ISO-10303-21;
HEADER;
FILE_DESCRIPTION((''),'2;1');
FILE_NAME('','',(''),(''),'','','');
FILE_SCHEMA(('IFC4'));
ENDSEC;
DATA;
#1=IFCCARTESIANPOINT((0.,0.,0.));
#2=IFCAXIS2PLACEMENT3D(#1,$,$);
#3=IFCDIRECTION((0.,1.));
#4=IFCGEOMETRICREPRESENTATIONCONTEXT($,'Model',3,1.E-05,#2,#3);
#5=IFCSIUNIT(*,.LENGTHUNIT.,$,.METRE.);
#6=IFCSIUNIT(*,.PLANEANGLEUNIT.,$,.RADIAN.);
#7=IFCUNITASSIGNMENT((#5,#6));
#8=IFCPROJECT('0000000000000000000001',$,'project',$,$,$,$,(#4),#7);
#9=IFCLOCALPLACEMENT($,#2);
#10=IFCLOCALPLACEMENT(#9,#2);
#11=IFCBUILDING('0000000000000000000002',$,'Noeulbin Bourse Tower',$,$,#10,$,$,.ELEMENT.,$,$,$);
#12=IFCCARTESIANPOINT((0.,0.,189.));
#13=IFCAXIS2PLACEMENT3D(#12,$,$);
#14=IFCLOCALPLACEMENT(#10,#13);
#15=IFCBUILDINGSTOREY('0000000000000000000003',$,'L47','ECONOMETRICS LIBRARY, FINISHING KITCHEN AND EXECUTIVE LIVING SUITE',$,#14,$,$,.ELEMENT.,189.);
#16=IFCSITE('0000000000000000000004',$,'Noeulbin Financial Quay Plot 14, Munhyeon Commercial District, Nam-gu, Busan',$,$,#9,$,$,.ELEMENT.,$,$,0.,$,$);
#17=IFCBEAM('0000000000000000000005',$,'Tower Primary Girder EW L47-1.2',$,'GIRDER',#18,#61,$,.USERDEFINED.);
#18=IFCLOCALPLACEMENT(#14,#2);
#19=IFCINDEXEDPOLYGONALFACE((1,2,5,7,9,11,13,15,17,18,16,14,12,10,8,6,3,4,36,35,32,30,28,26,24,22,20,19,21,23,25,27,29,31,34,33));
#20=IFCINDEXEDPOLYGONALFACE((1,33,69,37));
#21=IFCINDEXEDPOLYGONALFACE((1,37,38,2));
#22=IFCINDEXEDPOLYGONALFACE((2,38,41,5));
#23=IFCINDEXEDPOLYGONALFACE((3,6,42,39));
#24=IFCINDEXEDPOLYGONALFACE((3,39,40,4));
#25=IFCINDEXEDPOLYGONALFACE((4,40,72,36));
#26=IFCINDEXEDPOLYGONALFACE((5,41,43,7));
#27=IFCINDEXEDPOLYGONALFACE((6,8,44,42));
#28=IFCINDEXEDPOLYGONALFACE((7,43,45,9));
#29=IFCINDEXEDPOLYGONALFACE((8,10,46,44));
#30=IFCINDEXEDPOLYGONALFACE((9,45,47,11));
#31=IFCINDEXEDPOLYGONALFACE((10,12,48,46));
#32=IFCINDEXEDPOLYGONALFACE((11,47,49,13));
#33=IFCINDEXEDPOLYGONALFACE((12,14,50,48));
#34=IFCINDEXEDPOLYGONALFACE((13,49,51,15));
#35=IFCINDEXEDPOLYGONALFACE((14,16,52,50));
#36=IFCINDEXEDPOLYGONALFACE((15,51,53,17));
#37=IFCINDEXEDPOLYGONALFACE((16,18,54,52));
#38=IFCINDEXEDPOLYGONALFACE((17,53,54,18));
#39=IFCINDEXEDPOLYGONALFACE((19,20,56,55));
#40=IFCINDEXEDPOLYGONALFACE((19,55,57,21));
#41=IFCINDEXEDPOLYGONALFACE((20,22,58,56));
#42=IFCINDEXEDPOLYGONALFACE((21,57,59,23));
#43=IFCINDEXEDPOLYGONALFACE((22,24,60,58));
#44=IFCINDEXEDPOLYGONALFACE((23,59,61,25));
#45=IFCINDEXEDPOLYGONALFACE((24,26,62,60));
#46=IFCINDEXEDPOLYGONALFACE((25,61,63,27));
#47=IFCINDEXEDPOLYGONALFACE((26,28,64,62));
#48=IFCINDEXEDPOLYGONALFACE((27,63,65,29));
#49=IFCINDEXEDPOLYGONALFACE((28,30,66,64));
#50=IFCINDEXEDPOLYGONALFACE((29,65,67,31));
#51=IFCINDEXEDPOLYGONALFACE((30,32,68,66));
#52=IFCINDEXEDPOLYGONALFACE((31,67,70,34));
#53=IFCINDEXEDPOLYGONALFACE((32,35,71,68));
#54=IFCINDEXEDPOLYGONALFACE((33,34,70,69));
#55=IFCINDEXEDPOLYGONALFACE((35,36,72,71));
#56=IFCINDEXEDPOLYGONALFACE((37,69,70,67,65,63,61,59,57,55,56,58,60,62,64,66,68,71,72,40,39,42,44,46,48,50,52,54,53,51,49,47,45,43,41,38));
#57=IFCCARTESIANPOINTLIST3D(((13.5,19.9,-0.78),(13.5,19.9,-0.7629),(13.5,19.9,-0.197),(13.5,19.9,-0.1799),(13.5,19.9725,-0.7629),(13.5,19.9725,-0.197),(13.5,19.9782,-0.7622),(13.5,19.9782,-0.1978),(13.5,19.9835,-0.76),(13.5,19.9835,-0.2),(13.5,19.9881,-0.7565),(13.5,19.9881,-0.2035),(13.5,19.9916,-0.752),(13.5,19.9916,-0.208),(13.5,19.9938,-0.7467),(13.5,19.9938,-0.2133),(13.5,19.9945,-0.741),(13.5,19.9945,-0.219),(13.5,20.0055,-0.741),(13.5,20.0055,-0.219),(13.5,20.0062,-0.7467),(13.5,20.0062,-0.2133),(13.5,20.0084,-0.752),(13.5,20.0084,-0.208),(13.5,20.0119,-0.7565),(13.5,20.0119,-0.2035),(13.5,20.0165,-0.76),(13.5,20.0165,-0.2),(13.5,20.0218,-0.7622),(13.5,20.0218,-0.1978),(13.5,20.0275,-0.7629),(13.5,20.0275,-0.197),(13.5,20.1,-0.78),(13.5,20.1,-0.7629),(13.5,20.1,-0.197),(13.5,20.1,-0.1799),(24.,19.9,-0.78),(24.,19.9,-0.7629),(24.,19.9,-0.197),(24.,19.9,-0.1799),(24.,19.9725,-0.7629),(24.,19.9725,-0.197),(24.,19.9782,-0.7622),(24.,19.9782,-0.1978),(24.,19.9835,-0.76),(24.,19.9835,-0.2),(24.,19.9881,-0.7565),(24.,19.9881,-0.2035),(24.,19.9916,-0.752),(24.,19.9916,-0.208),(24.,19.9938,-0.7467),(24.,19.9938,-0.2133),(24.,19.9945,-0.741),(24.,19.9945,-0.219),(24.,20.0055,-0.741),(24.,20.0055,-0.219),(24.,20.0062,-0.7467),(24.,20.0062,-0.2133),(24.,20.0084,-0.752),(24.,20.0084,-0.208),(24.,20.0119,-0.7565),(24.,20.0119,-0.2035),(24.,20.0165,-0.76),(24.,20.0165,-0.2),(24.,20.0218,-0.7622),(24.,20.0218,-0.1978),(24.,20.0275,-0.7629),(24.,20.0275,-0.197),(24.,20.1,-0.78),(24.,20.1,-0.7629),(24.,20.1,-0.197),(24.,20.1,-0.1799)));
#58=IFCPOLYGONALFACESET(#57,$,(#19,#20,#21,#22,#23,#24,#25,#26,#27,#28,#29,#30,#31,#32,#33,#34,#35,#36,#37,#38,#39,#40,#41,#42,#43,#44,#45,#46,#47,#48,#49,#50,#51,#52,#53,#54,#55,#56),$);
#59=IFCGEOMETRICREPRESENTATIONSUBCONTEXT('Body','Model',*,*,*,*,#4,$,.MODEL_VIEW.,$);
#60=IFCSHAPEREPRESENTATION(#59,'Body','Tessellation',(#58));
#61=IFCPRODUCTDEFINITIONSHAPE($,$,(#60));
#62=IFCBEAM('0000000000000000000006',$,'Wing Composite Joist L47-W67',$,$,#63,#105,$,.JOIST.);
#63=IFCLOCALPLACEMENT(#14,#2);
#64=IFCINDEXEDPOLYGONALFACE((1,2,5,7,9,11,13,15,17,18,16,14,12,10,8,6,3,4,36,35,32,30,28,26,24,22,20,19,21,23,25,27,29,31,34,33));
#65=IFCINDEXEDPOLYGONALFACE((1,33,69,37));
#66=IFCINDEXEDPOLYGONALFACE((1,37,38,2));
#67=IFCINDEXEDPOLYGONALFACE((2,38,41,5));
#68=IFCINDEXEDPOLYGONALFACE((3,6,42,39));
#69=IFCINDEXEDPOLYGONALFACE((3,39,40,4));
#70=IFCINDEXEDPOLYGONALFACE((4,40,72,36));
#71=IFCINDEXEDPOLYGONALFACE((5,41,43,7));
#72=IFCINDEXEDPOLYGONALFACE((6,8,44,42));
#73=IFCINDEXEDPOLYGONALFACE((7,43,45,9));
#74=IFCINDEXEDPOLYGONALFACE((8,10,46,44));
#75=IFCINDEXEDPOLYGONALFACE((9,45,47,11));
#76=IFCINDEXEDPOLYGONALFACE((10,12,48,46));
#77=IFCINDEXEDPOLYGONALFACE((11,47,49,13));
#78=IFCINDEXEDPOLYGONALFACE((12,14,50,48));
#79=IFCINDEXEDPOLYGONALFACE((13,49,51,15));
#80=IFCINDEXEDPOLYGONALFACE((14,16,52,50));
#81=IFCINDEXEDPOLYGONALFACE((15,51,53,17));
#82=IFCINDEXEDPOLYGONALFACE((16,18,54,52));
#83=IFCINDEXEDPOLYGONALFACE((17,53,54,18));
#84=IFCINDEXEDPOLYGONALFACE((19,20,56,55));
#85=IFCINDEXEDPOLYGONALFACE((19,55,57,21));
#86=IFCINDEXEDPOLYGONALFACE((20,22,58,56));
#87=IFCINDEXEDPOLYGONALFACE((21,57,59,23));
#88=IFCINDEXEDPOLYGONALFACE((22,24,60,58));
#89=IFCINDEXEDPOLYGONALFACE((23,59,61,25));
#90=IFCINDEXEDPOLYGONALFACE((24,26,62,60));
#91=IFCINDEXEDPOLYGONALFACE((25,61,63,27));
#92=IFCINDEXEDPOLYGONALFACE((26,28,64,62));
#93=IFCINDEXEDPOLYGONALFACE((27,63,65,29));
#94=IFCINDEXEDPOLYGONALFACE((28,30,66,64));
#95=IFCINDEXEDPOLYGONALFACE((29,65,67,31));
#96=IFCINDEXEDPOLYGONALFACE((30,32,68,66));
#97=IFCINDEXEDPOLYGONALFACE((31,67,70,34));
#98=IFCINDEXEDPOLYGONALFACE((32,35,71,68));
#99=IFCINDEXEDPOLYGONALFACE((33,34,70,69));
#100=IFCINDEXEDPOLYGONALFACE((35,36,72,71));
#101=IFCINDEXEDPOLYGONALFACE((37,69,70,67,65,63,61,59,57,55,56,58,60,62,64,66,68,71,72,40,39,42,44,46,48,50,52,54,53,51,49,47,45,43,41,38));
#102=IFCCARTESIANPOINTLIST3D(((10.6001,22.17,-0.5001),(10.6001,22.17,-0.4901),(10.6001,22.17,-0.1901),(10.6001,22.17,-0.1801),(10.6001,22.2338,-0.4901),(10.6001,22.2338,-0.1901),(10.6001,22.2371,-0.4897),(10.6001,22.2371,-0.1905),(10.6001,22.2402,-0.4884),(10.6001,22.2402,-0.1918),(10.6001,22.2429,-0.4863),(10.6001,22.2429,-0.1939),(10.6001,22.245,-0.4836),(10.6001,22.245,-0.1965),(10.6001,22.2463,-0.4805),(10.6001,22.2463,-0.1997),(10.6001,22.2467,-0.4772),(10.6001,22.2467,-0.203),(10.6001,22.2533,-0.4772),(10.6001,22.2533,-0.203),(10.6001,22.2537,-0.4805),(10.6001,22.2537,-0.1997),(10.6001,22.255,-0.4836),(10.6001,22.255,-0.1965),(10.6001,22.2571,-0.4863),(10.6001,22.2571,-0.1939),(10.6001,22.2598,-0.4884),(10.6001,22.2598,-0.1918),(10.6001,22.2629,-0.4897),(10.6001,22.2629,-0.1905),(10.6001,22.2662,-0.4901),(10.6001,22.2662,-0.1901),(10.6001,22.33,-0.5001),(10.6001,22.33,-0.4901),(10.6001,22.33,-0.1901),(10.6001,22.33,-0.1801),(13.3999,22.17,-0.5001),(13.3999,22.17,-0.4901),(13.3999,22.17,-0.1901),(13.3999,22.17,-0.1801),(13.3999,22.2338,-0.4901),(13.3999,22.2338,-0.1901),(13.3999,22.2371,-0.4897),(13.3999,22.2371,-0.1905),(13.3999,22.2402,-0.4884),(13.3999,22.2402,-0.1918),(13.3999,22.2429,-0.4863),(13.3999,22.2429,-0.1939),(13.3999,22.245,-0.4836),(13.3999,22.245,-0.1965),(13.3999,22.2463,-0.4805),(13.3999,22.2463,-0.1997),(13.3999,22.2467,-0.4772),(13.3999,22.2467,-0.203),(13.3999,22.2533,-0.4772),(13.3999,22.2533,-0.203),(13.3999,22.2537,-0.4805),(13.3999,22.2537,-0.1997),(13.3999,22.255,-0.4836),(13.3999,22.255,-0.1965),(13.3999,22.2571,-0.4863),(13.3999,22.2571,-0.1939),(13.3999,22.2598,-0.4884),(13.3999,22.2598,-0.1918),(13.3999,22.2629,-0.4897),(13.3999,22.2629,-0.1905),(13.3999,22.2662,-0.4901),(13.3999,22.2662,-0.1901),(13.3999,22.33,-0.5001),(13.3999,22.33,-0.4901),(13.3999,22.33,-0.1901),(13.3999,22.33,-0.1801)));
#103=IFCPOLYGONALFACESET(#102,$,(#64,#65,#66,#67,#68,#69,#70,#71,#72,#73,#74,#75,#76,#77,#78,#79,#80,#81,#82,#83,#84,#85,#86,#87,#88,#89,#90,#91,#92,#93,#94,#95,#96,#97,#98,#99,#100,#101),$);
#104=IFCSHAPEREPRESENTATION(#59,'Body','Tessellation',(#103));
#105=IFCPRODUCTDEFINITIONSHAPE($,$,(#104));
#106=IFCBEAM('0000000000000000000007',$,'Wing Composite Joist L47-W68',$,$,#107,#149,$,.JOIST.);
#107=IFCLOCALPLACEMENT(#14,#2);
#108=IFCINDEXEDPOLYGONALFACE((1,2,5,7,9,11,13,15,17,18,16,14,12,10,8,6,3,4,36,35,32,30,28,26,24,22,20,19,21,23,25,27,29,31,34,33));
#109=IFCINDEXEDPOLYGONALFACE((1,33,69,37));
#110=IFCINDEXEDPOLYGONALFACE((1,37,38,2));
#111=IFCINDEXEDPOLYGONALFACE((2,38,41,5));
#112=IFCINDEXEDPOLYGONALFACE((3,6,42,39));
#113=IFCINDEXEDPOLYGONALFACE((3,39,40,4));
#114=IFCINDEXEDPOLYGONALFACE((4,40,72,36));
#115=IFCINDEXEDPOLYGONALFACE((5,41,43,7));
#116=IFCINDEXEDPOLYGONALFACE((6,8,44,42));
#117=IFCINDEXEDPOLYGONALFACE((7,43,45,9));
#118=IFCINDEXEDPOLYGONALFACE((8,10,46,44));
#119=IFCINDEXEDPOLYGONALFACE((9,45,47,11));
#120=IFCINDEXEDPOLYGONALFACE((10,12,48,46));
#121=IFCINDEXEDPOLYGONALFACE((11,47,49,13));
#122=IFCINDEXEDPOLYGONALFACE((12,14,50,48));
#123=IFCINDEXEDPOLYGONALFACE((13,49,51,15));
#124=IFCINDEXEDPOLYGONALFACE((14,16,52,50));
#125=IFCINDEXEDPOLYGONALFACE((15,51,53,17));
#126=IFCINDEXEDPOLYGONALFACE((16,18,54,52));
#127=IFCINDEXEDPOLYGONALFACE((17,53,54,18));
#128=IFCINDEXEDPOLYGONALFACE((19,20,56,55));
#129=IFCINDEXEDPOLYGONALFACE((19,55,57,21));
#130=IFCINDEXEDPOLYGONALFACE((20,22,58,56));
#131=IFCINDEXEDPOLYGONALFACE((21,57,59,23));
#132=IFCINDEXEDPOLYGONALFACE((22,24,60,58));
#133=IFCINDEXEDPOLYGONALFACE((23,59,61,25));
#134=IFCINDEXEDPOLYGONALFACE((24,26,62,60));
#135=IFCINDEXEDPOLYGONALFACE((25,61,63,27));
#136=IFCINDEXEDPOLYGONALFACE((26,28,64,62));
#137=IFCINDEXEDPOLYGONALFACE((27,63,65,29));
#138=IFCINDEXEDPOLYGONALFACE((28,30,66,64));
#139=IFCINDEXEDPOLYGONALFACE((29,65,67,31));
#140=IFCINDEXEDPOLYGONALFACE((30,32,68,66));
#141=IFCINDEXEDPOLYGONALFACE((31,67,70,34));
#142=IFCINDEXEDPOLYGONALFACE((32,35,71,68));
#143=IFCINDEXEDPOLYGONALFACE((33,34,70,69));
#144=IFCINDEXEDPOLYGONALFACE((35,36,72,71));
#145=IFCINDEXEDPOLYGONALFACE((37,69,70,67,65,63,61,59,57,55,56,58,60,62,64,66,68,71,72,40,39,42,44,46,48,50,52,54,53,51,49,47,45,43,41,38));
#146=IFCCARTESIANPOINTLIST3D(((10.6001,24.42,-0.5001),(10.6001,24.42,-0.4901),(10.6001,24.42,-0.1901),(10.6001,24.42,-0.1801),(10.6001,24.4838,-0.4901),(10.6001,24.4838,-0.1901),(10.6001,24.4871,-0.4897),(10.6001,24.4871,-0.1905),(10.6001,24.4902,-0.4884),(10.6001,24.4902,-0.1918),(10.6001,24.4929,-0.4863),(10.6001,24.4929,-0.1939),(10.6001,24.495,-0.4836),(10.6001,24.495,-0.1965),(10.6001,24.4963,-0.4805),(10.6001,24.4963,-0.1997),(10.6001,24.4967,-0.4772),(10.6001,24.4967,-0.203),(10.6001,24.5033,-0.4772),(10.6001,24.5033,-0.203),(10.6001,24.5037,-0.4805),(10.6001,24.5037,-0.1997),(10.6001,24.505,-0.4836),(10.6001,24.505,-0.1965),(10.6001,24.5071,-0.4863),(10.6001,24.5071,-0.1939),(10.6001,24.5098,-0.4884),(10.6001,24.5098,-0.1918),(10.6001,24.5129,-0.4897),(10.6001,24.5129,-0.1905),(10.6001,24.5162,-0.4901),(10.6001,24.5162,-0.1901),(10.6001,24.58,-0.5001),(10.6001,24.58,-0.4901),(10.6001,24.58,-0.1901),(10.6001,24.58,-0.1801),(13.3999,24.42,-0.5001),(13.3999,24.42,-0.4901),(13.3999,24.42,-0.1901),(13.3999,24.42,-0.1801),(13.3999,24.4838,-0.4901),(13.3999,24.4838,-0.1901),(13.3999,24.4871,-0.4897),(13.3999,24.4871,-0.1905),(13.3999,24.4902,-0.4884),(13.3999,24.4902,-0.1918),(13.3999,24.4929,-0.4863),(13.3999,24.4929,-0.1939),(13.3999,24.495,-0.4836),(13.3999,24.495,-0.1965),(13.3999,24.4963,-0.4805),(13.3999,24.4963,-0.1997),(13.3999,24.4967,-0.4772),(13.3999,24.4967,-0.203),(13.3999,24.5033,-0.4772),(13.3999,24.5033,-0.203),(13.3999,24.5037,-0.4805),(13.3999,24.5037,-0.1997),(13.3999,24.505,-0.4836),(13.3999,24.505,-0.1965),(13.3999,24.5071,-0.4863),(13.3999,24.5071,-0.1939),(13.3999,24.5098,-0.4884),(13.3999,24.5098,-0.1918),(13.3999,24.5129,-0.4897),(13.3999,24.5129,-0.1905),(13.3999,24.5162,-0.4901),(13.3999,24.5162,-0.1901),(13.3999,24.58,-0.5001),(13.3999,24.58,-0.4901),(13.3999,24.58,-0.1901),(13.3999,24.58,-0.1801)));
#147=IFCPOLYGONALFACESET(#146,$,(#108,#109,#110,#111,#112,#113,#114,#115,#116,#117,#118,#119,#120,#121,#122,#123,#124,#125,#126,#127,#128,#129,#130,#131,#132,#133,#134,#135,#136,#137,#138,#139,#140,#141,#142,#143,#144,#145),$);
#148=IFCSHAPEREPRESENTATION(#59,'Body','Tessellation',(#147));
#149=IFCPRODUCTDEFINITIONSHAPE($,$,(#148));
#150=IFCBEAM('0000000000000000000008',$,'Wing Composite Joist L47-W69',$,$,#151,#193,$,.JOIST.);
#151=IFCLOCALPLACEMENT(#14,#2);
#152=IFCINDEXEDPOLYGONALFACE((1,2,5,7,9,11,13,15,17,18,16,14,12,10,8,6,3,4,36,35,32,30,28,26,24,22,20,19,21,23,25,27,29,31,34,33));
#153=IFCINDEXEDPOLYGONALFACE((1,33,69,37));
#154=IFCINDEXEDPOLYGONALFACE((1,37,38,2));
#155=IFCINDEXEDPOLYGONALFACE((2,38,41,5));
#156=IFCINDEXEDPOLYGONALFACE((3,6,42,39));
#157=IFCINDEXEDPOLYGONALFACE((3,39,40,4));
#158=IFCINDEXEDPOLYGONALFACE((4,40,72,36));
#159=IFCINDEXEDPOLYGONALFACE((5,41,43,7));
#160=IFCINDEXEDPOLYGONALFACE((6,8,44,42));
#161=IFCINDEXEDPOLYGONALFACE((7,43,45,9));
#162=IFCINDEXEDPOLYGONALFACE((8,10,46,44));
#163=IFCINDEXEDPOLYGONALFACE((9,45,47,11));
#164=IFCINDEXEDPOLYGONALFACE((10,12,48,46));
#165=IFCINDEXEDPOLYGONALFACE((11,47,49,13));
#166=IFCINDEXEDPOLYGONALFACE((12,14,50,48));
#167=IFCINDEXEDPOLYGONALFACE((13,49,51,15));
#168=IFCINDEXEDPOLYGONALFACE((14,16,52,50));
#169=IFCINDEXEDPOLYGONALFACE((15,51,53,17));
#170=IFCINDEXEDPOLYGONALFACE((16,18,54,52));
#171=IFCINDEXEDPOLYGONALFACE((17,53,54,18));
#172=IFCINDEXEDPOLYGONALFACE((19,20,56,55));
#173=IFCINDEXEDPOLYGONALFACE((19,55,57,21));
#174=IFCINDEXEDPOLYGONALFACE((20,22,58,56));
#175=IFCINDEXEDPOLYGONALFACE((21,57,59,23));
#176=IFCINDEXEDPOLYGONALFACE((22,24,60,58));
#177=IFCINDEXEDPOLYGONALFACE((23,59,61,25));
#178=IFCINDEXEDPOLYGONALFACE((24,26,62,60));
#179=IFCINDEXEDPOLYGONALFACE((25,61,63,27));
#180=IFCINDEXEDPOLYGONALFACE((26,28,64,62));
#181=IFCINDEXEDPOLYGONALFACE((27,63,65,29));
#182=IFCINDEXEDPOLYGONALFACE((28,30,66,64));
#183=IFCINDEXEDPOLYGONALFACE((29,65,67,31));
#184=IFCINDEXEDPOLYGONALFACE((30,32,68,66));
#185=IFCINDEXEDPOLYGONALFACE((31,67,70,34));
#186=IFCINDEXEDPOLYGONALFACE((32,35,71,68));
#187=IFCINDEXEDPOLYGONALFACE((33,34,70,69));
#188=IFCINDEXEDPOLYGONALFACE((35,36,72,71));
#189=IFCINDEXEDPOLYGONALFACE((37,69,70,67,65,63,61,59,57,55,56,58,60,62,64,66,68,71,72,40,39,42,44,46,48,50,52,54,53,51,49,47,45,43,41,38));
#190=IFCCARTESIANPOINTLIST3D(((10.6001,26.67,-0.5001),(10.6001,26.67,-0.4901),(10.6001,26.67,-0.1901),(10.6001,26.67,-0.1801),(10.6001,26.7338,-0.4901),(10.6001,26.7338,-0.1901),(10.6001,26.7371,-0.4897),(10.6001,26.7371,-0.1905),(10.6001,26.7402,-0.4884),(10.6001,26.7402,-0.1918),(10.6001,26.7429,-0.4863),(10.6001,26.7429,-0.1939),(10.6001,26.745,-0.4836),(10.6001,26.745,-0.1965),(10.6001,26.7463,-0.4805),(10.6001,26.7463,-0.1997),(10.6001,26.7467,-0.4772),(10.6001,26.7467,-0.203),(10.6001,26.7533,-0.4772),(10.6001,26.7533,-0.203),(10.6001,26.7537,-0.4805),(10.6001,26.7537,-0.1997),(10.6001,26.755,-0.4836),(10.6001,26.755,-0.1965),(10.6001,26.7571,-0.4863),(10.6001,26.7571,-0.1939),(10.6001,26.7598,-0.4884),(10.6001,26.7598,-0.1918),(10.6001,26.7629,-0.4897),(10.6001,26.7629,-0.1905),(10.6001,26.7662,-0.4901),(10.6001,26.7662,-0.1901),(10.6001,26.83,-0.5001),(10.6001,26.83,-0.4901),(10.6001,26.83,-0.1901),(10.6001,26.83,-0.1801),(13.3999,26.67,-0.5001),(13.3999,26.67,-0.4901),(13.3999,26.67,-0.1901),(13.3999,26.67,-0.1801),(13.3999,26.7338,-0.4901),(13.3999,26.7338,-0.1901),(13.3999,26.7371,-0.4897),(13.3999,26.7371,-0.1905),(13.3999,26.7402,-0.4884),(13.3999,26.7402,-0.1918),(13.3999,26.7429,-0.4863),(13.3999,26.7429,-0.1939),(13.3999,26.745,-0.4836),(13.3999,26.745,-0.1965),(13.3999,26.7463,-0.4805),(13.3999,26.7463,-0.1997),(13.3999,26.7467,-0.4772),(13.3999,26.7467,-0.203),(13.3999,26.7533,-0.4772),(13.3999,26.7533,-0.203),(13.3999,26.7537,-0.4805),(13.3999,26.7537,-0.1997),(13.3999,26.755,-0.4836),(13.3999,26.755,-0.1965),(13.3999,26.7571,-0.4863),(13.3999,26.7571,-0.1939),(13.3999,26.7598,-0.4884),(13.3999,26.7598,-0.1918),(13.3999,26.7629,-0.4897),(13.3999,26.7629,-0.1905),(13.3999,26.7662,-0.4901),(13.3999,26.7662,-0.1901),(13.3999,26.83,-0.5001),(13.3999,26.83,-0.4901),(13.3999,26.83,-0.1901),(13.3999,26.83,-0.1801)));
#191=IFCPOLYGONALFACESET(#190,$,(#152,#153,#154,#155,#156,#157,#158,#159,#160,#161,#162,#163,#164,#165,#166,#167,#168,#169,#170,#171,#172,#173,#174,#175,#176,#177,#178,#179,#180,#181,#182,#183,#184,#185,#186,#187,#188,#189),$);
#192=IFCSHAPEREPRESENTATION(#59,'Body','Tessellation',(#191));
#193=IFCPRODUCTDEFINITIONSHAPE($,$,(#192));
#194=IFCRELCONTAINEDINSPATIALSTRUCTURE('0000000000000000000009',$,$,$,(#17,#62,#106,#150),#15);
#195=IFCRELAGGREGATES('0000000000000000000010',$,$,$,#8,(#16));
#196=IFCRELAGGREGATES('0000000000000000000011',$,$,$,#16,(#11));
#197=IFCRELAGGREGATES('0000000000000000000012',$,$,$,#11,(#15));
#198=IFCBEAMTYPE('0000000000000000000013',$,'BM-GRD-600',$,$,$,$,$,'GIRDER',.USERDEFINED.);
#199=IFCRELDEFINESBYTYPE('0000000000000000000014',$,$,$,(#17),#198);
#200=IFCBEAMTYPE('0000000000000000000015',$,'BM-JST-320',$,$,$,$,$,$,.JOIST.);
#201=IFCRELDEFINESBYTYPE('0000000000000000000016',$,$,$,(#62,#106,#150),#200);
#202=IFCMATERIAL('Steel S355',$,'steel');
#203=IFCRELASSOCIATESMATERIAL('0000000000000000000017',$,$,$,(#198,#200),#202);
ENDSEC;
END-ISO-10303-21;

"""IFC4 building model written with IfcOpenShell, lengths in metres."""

from ifc_helpers import new_model, si_unit, direction, frame, origin, origin_2d, place, context, subcontext, project, spatial, i_section, extrude, material, material_profile, profile_set, type_object, element, save


model = new_model("IFC4")

# Units and contexts
model_context = context("Model", 3, precision=1e-05, world=origin(), true_north=direction((0.0, 1.0)))
body_context = subcontext(model_context, "Body", "Model", "MODEL_VIEW")
ifc_project = project(units=[si_unit("LENGTHUNIT", "METRE"), si_unit("PLANEANGLEUNIT", "RADIAN")], contexts=[model_context])

# Site, building, storey
site_placement = place(None, origin())
site = spatial("IfcSite", under=ifc_project, at=site_placement, Name="Noeulbin Financial Quay Plot 14, Munhyeon Commercial District, Nam-gu, Busan", CompositionType="ELEMENT", RefElevation=0.0)
building_placement = place(site_placement, origin())
building = spatial("IfcBuilding", under=site, at=building_placement, Name="Noeulbin Bourse Tower", CompositionType="ELEMENT")
storey_placement = place(building_placement, frame((0.0, 0.0, 189.0)))
storey = spatial("IfcBuildingStorey", under=building, at=storey_placement, Name="L47", Description="ECONOMETRICS LIBRARY, FINISHING KITCHEN AND EXECUTIVE LIVING SUITE", CompositionType="ELEMENT", Elevation=189.0)

# Shared definitions
ifc_material_1 = material(Name="Steel S355", Category="steel")

# Beams
ifc_material_profile_1 = material_profile(ifc_material_1, i_section(OverallWidth=0.2, OverallDepth=0.6001, WebThickness=0.011, FlangeThickness=0.0171, FilletRadius=0.022, at=origin_2d()), Name="H-600x200x11x17", Category="LoadBearing")
ifc_profile_set_1 = profile_set([ifc_material_profile_1], Name="Steel S355")
beam_type_1 = type_object("IfcBeamType", Name="BM-GRD-600", ElementType="GIRDER", PredefinedType="USERDEFINED", material=ifc_profile_set_1)
beam_1_placement = place(storey_placement, frame((13.5, 20.0, -0.48), z_axis=(1.0, 0.0, 0.0), x_axis=(0.0, 1.0, 0.0)))
element("IfcBeam", 1, at=beam_1_placement, inside=storey, type_object=beam_type_1, Name="Tower Primary Girder EW L47-1.2", ObjectType="GIRDER", PredefinedType="USERDEFINED", context=body_context, shape_type="SweptSolid", body=[
    extrude(i_section(OverallWidth=0.2, OverallDepth=0.6001, WebThickness=0.011, FlangeThickness=0.0171, FilletRadius=0.022, at=origin_2d()), origin(), (0.0, 0.0, 1.0), 10.5),
])
ifc_material_profile_2 = material_profile(ifc_material_1, i_section(OverallWidth=0.1599, OverallDepth=0.3201, WebThickness=0.0066, FlangeThickness=0.01, FilletRadius=0.0129, at=origin_2d()), Name="H-320x160x6.5x10", Category="LoadBearing")
ifc_profile_set_2 = profile_set([ifc_material_profile_2], Name="Steel S355")
beam_type_2 = type_object("IfcBeamType", Name="BM-JST-320", PredefinedType="JOIST", material=ifc_profile_set_2)
for number, where, z_axis, x_axis, name in (
    (2, (10.6001, 22.25, -0.3401), (1.0, 0.0, 0.0), (0.0, 1.0, 0.0), "Wing Composite Joist L47-W67"),
    (3, (10.6001, 24.5, -0.3401), (1.0, 0.0, 0.0), (0.0, 1.0, 0.0), "Wing Composite Joist L47-W68"),
    (4, (10.6001, 26.75, -0.3401), (1.0, 0.0, 0.0), (0.0, 1.0, 0.0), "Wing Composite Joist L47-W69"),
):
    element("IfcBeam", number, at=place(storey_placement, frame(where, z_axis=z_axis, x_axis=x_axis)), inside=storey, type_object=beam_type_2, Name=name, PredefinedType="JOIST", context=body_context, shape_type="SweptSolid", body=[
        extrude(i_section(OverallWidth=0.1599, OverallDepth=0.3201, WebThickness=0.0066, FlangeThickness=0.01, FilletRadius=0.0129, at=origin_2d()), origin(), (0.0, 0.0, 1.0), 2.7998),
    ])

save(model, "model.ifc")
